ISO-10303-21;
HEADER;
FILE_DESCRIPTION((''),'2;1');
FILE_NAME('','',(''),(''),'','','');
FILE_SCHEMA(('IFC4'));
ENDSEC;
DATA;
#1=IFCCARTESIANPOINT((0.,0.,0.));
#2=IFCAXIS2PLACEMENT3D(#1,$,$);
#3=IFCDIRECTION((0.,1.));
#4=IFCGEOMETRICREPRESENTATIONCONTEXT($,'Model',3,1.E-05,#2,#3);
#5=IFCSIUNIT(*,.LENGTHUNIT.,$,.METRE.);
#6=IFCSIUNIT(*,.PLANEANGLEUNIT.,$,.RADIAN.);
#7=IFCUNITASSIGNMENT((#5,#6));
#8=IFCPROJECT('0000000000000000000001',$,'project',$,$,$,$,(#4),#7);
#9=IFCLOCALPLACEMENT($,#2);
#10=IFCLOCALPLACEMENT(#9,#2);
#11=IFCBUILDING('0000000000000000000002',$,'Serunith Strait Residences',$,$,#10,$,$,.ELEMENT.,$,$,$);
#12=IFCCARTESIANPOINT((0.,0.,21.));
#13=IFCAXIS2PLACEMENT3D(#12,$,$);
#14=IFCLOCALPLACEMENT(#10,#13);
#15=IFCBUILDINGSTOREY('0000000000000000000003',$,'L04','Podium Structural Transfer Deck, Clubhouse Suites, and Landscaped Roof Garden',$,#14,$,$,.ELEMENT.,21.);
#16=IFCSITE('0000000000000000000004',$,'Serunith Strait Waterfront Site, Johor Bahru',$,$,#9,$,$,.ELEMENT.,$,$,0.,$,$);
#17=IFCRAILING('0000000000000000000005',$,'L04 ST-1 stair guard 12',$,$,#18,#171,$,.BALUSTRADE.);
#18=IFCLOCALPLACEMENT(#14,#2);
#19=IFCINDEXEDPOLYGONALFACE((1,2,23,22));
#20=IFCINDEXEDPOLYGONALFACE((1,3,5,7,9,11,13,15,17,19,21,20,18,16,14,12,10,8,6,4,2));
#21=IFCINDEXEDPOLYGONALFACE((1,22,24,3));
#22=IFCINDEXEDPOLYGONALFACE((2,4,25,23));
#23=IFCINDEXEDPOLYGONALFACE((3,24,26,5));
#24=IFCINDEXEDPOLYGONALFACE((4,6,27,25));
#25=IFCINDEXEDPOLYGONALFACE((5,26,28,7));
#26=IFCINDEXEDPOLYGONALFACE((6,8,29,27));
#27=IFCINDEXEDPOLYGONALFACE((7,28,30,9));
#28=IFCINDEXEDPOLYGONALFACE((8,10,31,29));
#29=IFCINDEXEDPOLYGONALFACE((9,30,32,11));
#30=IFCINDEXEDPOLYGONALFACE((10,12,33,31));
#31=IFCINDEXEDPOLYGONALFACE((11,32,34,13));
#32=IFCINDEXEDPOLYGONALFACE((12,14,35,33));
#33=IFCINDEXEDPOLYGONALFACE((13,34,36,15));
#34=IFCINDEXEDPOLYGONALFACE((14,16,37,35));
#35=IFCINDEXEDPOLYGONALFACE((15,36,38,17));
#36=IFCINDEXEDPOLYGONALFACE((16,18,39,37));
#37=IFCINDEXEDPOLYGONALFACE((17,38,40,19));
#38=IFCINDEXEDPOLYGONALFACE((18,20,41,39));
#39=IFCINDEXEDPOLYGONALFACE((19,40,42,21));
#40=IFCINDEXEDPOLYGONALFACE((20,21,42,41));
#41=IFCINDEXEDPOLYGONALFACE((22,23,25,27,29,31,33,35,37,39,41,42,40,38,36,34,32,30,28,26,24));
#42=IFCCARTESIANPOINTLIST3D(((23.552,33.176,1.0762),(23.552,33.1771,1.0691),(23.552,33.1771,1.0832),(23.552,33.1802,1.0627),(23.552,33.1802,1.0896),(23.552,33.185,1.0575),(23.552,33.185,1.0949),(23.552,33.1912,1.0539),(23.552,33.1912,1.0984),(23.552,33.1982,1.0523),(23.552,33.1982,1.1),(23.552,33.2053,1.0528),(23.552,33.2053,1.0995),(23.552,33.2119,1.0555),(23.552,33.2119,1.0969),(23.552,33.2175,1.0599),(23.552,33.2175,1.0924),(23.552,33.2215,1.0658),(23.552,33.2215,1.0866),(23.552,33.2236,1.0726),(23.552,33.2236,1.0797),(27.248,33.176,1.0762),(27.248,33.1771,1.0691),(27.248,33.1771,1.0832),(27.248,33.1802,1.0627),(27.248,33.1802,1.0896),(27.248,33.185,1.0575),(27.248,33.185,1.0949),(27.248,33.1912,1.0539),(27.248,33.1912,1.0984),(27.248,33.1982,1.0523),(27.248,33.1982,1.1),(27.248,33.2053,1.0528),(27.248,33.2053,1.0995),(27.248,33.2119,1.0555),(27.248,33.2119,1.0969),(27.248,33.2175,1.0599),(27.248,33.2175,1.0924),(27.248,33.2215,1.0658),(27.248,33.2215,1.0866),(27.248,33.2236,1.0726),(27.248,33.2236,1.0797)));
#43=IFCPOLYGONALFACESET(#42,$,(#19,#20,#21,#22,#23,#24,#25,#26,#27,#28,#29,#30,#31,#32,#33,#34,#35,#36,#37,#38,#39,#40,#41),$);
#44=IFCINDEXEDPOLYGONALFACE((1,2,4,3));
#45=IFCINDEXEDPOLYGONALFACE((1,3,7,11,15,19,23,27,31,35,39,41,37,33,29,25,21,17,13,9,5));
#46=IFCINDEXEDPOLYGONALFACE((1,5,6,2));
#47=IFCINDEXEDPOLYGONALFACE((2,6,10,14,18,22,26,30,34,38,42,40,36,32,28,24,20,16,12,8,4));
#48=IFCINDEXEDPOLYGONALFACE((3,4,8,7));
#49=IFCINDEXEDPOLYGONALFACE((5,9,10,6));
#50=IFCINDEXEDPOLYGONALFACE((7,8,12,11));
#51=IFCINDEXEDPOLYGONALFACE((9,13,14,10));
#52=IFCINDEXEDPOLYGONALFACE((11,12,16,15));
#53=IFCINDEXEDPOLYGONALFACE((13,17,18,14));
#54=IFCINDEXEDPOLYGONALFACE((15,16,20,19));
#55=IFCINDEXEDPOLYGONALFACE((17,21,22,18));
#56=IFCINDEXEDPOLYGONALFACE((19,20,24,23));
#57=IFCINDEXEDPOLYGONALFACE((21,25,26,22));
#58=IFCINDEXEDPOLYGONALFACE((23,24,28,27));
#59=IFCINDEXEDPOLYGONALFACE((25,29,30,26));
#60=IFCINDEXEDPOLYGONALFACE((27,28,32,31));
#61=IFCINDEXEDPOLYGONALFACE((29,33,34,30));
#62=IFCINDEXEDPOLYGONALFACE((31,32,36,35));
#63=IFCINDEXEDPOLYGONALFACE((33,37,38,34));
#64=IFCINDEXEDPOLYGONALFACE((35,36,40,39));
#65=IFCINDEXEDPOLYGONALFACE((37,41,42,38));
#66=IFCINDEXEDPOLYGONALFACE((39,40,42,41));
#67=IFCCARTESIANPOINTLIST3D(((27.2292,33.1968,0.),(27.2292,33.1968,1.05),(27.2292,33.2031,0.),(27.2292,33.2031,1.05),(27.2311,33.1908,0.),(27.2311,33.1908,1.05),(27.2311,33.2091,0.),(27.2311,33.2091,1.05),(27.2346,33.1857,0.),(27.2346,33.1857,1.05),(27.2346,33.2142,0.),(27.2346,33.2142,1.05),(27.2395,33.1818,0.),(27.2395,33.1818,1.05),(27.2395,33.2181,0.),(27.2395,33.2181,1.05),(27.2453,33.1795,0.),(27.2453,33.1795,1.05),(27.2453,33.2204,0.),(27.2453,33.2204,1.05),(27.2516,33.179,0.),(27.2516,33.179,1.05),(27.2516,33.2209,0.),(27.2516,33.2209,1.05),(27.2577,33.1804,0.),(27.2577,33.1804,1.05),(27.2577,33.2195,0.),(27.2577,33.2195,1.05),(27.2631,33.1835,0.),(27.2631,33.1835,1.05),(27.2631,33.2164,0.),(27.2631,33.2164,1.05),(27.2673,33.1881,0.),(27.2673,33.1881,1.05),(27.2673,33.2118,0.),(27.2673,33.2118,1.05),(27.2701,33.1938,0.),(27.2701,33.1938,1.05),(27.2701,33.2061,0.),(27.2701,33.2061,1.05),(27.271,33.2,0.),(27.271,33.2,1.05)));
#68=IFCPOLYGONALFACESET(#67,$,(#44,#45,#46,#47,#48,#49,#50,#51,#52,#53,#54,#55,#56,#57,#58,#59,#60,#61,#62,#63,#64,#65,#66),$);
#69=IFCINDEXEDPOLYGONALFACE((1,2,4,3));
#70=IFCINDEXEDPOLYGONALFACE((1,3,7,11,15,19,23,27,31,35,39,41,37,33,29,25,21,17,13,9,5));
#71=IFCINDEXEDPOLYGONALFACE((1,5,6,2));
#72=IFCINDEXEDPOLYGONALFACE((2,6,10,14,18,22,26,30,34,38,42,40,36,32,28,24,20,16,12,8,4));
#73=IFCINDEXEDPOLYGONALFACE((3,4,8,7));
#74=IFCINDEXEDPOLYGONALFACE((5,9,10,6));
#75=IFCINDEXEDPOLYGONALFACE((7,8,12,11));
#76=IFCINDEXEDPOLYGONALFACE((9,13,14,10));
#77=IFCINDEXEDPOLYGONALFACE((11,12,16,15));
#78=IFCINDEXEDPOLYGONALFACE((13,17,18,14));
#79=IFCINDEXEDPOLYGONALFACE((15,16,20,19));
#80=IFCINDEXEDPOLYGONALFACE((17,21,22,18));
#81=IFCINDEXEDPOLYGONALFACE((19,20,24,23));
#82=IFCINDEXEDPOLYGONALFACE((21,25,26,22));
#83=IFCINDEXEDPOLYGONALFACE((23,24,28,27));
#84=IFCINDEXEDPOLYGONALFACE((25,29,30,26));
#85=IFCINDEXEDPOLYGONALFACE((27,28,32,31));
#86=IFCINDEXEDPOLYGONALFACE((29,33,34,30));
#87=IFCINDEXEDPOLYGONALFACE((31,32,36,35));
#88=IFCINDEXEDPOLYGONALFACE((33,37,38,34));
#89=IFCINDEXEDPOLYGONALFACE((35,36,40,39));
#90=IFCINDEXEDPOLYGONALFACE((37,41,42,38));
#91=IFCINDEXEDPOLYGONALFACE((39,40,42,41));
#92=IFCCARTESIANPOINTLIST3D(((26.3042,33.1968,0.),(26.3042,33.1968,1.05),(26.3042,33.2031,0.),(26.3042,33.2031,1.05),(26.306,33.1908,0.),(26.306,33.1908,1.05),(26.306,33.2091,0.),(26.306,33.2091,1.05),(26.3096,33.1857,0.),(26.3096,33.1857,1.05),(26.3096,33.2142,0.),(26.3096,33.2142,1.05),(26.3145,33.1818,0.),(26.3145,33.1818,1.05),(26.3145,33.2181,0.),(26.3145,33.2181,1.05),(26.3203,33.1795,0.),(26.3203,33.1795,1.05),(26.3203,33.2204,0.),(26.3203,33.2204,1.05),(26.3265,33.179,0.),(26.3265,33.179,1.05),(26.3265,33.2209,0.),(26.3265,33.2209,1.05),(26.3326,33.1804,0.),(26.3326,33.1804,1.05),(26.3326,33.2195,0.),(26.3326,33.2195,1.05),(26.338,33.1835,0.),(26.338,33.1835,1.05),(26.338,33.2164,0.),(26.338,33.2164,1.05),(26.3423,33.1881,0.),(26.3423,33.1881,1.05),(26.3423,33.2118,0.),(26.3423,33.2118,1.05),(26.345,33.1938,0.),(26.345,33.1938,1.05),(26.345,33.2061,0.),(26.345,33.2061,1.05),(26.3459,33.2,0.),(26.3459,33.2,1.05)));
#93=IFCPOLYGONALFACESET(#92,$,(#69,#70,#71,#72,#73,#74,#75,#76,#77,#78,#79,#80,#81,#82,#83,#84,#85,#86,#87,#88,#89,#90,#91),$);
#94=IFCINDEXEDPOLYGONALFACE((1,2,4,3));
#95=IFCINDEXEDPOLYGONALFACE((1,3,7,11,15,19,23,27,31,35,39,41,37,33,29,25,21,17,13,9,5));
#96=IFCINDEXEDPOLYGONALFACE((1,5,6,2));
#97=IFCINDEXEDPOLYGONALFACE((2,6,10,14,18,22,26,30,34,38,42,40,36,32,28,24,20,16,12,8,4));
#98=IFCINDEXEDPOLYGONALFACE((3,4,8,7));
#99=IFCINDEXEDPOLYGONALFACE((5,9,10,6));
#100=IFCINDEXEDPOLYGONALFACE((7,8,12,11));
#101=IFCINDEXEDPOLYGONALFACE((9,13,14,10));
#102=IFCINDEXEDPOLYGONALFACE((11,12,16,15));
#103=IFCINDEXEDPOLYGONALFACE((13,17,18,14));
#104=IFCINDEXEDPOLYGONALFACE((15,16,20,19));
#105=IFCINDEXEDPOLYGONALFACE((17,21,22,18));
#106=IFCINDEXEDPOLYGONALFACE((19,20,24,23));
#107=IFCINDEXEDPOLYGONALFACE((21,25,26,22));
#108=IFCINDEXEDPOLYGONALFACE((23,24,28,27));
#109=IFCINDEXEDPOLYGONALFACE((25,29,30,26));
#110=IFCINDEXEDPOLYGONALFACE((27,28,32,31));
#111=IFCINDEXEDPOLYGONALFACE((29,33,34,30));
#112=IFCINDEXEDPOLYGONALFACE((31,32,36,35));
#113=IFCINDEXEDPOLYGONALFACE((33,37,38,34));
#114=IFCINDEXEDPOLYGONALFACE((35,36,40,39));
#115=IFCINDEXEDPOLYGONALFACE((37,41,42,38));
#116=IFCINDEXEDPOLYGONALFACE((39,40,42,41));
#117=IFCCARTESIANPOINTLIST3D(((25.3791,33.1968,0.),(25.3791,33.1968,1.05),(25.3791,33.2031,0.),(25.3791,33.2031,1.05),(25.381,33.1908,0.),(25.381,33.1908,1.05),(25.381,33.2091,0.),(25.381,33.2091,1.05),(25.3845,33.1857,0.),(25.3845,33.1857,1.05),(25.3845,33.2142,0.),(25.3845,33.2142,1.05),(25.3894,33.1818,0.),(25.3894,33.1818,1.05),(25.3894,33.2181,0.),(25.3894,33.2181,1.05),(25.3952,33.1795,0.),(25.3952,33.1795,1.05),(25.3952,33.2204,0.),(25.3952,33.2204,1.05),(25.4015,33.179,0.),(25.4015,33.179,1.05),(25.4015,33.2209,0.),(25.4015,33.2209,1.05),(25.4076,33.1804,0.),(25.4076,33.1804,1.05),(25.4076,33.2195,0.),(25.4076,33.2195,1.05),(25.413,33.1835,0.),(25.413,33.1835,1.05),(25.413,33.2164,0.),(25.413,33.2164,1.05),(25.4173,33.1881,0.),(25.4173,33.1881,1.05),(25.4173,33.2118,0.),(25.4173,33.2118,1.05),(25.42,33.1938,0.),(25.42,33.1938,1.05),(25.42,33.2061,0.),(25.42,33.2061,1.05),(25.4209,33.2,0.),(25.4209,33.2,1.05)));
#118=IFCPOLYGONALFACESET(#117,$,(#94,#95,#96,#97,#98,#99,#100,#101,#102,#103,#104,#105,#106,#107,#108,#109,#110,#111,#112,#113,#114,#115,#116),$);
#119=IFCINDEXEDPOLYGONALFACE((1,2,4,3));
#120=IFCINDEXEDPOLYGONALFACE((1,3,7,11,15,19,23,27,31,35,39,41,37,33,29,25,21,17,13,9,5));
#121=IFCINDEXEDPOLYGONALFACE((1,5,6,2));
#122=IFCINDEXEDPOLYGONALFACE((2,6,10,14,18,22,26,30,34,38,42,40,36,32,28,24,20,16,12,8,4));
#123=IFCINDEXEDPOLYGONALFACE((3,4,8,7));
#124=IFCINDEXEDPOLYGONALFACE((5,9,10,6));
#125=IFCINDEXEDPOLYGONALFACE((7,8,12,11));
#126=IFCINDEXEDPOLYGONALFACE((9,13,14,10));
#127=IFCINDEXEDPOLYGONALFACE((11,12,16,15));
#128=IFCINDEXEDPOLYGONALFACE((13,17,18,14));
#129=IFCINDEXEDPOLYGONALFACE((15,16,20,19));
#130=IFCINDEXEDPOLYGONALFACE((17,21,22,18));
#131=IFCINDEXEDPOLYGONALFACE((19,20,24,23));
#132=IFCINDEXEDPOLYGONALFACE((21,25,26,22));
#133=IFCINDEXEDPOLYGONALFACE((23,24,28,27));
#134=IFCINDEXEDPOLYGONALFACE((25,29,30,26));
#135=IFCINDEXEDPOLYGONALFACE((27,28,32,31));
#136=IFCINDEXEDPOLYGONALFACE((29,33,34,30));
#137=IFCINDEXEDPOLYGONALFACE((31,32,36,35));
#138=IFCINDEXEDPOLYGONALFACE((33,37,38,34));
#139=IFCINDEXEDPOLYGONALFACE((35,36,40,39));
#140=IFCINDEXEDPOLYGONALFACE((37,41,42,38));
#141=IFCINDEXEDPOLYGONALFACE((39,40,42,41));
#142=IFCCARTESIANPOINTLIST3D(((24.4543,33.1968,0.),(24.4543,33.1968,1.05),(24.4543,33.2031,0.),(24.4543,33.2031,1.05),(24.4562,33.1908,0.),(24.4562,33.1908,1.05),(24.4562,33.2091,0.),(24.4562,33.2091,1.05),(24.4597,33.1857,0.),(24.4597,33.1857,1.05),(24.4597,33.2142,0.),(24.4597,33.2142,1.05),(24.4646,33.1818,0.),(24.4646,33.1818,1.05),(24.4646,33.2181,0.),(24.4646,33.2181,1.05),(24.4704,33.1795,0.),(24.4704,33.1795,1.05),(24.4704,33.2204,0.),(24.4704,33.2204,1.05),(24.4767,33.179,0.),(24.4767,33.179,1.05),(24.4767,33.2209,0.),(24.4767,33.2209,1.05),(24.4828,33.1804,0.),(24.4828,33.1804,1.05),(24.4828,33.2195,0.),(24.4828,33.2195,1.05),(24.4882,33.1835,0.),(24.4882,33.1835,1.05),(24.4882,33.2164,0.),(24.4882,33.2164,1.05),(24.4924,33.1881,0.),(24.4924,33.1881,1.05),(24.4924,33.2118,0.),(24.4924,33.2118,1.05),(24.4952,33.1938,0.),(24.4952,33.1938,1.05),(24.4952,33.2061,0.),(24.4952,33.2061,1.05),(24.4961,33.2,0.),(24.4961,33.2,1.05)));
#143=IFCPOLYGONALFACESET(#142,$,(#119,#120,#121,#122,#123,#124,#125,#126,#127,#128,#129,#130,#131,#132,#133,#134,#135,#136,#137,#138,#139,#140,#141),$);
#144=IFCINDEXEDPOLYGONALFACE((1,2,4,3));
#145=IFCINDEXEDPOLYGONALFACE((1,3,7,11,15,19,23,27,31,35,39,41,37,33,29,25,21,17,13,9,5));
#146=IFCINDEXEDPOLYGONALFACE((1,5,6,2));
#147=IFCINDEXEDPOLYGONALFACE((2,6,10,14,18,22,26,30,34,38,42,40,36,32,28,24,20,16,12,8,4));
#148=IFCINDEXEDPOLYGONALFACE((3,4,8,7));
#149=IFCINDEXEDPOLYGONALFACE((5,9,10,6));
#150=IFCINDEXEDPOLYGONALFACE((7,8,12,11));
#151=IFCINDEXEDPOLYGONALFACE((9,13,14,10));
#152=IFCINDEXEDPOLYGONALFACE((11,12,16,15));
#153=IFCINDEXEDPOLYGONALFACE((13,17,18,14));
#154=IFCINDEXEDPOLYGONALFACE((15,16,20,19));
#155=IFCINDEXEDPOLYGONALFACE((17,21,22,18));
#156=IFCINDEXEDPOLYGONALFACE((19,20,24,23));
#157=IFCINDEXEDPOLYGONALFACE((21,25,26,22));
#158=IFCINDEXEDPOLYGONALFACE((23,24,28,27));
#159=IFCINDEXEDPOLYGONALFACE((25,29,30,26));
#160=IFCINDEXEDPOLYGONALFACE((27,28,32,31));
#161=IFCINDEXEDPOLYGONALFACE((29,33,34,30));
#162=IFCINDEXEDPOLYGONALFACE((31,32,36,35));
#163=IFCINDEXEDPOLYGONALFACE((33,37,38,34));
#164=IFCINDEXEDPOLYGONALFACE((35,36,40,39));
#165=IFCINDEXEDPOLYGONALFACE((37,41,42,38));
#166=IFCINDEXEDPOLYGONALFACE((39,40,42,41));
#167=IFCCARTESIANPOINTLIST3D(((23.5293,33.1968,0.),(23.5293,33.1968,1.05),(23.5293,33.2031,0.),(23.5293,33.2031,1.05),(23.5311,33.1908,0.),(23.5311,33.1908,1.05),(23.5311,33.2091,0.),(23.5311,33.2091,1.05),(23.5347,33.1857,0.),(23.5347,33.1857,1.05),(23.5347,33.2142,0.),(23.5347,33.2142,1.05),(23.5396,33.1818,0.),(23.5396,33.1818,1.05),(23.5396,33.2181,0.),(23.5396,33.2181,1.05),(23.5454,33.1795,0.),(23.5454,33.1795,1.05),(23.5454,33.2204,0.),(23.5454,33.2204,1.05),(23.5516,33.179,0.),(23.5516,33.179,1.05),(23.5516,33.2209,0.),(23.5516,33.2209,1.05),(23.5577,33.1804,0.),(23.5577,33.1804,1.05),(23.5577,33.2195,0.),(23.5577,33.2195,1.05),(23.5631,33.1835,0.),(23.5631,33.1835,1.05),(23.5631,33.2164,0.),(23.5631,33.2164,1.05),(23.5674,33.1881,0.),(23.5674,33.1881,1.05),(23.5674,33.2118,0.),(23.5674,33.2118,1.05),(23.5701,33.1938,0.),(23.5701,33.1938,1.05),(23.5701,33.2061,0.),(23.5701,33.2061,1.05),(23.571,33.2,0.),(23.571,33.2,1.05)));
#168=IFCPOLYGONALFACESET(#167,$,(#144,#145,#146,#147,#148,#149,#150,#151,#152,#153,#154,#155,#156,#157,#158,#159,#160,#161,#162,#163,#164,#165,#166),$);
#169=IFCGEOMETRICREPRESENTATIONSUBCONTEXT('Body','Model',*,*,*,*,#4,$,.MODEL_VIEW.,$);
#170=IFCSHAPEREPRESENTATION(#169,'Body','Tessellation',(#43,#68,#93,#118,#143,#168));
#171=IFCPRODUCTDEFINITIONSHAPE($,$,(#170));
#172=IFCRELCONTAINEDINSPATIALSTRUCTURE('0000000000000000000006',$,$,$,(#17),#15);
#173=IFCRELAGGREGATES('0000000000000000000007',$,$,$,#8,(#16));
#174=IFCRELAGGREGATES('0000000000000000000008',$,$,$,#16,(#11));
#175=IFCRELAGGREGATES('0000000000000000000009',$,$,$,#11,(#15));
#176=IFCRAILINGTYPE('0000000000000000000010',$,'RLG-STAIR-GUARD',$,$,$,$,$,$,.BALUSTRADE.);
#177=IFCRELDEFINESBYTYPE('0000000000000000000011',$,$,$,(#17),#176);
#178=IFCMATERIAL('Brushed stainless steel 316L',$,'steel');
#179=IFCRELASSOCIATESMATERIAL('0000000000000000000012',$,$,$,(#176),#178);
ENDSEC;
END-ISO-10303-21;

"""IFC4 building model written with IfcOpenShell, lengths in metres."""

from ifc_helpers import new_model, si_unit, direction, frame, origin, origin_2d, place, context, subcontext, project, spatial, circle, extrude, material, type_object, element, save


model = new_model("IFC4")

# Units and contexts
model_context = context("Model", 3, precision=1e-05, world=origin(), true_north=direction((0.0, 1.0)))
body_context = subcontext(model_context, "Body", "Model", "MODEL_VIEW")
ifc_project = project(units=[si_unit("LENGTHUNIT", "METRE"), si_unit("PLANEANGLEUNIT", "RADIAN")], contexts=[model_context])

# Site, building, storey
site_placement = place(None, origin())
site = spatial("IfcSite", under=ifc_project, at=site_placement, Name="Serunith Strait Waterfront Site, Johor Bahru", CompositionType="ELEMENT", RefElevation=0.0)
building_placement = place(site_placement, origin())
building = spatial("IfcBuilding", under=site, at=building_placement, Name="Serunith Strait Residences", CompositionType="ELEMENT")
storey_placement = place(building_placement, frame((0.0, 0.0, 21.0)))
storey = spatial("IfcBuildingStorey", under=building, at=storey_placement, Name="L04", Description="Podium Structural Transfer Deck, Clubhouse Suites, and Landscaped Roof Garden", CompositionType="ELEMENT", Elevation=21.0)

# Railing
ifc_material_1 = material(Name="Brushed stainless steel 316L", Category="steel")
railing_type_1 = type_object("IfcRailingType", Name="RLG-STAIR-GUARD", PredefinedType="BALUSTRADE", material=ifc_material_1)
railing_1_placement = place(storey_placement, frame((27.25, 33.2, 0.0)))
element("IfcRailing", 1, at=railing_1_placement, inside=storey, type_object=railing_type_1, Name="L04 ST-1 stair guard 12", PredefinedType="BALUSTRADE", context=body_context, shape_type="SweptSolid", body=[
    extrude(circle(Radius=0.0239, at=origin_2d()), frame((-0.002, 0.0, 1.0762), z_axis=(-1.0, 0.0, 0.0), x_axis=(0.0, -1.0, 0.0)), (0.0, 0.0, 1.0), 3.696),
    extrude(circle(Radius=0.021, at=origin_2d()), origin(), (0.0, 0.0, 1.0), 1.05),
    extrude(circle(Radius=0.021, at=origin_2d()), frame((-0.925, 0.0, 0.0)), (0.0, 0.0, 1.0), 1.05),
    extrude(circle(Radius=0.021, at=origin_2d()), frame((-1.8501, 0.0, 0.0)), (0.0, 0.0, 1.0), 1.05),
    extrude(circle(Radius=0.021, at=origin_2d()), frame((-2.7749, 0.0, 0.0)), (0.0, 0.0, 1.0), 1.05),
    extrude(circle(Radius=0.021, at=origin_2d()), frame((-3.7, 0.0, 0.0)), (0.0, 0.0, 1.0), 1.05),
])

save(model, "model.ifc")
